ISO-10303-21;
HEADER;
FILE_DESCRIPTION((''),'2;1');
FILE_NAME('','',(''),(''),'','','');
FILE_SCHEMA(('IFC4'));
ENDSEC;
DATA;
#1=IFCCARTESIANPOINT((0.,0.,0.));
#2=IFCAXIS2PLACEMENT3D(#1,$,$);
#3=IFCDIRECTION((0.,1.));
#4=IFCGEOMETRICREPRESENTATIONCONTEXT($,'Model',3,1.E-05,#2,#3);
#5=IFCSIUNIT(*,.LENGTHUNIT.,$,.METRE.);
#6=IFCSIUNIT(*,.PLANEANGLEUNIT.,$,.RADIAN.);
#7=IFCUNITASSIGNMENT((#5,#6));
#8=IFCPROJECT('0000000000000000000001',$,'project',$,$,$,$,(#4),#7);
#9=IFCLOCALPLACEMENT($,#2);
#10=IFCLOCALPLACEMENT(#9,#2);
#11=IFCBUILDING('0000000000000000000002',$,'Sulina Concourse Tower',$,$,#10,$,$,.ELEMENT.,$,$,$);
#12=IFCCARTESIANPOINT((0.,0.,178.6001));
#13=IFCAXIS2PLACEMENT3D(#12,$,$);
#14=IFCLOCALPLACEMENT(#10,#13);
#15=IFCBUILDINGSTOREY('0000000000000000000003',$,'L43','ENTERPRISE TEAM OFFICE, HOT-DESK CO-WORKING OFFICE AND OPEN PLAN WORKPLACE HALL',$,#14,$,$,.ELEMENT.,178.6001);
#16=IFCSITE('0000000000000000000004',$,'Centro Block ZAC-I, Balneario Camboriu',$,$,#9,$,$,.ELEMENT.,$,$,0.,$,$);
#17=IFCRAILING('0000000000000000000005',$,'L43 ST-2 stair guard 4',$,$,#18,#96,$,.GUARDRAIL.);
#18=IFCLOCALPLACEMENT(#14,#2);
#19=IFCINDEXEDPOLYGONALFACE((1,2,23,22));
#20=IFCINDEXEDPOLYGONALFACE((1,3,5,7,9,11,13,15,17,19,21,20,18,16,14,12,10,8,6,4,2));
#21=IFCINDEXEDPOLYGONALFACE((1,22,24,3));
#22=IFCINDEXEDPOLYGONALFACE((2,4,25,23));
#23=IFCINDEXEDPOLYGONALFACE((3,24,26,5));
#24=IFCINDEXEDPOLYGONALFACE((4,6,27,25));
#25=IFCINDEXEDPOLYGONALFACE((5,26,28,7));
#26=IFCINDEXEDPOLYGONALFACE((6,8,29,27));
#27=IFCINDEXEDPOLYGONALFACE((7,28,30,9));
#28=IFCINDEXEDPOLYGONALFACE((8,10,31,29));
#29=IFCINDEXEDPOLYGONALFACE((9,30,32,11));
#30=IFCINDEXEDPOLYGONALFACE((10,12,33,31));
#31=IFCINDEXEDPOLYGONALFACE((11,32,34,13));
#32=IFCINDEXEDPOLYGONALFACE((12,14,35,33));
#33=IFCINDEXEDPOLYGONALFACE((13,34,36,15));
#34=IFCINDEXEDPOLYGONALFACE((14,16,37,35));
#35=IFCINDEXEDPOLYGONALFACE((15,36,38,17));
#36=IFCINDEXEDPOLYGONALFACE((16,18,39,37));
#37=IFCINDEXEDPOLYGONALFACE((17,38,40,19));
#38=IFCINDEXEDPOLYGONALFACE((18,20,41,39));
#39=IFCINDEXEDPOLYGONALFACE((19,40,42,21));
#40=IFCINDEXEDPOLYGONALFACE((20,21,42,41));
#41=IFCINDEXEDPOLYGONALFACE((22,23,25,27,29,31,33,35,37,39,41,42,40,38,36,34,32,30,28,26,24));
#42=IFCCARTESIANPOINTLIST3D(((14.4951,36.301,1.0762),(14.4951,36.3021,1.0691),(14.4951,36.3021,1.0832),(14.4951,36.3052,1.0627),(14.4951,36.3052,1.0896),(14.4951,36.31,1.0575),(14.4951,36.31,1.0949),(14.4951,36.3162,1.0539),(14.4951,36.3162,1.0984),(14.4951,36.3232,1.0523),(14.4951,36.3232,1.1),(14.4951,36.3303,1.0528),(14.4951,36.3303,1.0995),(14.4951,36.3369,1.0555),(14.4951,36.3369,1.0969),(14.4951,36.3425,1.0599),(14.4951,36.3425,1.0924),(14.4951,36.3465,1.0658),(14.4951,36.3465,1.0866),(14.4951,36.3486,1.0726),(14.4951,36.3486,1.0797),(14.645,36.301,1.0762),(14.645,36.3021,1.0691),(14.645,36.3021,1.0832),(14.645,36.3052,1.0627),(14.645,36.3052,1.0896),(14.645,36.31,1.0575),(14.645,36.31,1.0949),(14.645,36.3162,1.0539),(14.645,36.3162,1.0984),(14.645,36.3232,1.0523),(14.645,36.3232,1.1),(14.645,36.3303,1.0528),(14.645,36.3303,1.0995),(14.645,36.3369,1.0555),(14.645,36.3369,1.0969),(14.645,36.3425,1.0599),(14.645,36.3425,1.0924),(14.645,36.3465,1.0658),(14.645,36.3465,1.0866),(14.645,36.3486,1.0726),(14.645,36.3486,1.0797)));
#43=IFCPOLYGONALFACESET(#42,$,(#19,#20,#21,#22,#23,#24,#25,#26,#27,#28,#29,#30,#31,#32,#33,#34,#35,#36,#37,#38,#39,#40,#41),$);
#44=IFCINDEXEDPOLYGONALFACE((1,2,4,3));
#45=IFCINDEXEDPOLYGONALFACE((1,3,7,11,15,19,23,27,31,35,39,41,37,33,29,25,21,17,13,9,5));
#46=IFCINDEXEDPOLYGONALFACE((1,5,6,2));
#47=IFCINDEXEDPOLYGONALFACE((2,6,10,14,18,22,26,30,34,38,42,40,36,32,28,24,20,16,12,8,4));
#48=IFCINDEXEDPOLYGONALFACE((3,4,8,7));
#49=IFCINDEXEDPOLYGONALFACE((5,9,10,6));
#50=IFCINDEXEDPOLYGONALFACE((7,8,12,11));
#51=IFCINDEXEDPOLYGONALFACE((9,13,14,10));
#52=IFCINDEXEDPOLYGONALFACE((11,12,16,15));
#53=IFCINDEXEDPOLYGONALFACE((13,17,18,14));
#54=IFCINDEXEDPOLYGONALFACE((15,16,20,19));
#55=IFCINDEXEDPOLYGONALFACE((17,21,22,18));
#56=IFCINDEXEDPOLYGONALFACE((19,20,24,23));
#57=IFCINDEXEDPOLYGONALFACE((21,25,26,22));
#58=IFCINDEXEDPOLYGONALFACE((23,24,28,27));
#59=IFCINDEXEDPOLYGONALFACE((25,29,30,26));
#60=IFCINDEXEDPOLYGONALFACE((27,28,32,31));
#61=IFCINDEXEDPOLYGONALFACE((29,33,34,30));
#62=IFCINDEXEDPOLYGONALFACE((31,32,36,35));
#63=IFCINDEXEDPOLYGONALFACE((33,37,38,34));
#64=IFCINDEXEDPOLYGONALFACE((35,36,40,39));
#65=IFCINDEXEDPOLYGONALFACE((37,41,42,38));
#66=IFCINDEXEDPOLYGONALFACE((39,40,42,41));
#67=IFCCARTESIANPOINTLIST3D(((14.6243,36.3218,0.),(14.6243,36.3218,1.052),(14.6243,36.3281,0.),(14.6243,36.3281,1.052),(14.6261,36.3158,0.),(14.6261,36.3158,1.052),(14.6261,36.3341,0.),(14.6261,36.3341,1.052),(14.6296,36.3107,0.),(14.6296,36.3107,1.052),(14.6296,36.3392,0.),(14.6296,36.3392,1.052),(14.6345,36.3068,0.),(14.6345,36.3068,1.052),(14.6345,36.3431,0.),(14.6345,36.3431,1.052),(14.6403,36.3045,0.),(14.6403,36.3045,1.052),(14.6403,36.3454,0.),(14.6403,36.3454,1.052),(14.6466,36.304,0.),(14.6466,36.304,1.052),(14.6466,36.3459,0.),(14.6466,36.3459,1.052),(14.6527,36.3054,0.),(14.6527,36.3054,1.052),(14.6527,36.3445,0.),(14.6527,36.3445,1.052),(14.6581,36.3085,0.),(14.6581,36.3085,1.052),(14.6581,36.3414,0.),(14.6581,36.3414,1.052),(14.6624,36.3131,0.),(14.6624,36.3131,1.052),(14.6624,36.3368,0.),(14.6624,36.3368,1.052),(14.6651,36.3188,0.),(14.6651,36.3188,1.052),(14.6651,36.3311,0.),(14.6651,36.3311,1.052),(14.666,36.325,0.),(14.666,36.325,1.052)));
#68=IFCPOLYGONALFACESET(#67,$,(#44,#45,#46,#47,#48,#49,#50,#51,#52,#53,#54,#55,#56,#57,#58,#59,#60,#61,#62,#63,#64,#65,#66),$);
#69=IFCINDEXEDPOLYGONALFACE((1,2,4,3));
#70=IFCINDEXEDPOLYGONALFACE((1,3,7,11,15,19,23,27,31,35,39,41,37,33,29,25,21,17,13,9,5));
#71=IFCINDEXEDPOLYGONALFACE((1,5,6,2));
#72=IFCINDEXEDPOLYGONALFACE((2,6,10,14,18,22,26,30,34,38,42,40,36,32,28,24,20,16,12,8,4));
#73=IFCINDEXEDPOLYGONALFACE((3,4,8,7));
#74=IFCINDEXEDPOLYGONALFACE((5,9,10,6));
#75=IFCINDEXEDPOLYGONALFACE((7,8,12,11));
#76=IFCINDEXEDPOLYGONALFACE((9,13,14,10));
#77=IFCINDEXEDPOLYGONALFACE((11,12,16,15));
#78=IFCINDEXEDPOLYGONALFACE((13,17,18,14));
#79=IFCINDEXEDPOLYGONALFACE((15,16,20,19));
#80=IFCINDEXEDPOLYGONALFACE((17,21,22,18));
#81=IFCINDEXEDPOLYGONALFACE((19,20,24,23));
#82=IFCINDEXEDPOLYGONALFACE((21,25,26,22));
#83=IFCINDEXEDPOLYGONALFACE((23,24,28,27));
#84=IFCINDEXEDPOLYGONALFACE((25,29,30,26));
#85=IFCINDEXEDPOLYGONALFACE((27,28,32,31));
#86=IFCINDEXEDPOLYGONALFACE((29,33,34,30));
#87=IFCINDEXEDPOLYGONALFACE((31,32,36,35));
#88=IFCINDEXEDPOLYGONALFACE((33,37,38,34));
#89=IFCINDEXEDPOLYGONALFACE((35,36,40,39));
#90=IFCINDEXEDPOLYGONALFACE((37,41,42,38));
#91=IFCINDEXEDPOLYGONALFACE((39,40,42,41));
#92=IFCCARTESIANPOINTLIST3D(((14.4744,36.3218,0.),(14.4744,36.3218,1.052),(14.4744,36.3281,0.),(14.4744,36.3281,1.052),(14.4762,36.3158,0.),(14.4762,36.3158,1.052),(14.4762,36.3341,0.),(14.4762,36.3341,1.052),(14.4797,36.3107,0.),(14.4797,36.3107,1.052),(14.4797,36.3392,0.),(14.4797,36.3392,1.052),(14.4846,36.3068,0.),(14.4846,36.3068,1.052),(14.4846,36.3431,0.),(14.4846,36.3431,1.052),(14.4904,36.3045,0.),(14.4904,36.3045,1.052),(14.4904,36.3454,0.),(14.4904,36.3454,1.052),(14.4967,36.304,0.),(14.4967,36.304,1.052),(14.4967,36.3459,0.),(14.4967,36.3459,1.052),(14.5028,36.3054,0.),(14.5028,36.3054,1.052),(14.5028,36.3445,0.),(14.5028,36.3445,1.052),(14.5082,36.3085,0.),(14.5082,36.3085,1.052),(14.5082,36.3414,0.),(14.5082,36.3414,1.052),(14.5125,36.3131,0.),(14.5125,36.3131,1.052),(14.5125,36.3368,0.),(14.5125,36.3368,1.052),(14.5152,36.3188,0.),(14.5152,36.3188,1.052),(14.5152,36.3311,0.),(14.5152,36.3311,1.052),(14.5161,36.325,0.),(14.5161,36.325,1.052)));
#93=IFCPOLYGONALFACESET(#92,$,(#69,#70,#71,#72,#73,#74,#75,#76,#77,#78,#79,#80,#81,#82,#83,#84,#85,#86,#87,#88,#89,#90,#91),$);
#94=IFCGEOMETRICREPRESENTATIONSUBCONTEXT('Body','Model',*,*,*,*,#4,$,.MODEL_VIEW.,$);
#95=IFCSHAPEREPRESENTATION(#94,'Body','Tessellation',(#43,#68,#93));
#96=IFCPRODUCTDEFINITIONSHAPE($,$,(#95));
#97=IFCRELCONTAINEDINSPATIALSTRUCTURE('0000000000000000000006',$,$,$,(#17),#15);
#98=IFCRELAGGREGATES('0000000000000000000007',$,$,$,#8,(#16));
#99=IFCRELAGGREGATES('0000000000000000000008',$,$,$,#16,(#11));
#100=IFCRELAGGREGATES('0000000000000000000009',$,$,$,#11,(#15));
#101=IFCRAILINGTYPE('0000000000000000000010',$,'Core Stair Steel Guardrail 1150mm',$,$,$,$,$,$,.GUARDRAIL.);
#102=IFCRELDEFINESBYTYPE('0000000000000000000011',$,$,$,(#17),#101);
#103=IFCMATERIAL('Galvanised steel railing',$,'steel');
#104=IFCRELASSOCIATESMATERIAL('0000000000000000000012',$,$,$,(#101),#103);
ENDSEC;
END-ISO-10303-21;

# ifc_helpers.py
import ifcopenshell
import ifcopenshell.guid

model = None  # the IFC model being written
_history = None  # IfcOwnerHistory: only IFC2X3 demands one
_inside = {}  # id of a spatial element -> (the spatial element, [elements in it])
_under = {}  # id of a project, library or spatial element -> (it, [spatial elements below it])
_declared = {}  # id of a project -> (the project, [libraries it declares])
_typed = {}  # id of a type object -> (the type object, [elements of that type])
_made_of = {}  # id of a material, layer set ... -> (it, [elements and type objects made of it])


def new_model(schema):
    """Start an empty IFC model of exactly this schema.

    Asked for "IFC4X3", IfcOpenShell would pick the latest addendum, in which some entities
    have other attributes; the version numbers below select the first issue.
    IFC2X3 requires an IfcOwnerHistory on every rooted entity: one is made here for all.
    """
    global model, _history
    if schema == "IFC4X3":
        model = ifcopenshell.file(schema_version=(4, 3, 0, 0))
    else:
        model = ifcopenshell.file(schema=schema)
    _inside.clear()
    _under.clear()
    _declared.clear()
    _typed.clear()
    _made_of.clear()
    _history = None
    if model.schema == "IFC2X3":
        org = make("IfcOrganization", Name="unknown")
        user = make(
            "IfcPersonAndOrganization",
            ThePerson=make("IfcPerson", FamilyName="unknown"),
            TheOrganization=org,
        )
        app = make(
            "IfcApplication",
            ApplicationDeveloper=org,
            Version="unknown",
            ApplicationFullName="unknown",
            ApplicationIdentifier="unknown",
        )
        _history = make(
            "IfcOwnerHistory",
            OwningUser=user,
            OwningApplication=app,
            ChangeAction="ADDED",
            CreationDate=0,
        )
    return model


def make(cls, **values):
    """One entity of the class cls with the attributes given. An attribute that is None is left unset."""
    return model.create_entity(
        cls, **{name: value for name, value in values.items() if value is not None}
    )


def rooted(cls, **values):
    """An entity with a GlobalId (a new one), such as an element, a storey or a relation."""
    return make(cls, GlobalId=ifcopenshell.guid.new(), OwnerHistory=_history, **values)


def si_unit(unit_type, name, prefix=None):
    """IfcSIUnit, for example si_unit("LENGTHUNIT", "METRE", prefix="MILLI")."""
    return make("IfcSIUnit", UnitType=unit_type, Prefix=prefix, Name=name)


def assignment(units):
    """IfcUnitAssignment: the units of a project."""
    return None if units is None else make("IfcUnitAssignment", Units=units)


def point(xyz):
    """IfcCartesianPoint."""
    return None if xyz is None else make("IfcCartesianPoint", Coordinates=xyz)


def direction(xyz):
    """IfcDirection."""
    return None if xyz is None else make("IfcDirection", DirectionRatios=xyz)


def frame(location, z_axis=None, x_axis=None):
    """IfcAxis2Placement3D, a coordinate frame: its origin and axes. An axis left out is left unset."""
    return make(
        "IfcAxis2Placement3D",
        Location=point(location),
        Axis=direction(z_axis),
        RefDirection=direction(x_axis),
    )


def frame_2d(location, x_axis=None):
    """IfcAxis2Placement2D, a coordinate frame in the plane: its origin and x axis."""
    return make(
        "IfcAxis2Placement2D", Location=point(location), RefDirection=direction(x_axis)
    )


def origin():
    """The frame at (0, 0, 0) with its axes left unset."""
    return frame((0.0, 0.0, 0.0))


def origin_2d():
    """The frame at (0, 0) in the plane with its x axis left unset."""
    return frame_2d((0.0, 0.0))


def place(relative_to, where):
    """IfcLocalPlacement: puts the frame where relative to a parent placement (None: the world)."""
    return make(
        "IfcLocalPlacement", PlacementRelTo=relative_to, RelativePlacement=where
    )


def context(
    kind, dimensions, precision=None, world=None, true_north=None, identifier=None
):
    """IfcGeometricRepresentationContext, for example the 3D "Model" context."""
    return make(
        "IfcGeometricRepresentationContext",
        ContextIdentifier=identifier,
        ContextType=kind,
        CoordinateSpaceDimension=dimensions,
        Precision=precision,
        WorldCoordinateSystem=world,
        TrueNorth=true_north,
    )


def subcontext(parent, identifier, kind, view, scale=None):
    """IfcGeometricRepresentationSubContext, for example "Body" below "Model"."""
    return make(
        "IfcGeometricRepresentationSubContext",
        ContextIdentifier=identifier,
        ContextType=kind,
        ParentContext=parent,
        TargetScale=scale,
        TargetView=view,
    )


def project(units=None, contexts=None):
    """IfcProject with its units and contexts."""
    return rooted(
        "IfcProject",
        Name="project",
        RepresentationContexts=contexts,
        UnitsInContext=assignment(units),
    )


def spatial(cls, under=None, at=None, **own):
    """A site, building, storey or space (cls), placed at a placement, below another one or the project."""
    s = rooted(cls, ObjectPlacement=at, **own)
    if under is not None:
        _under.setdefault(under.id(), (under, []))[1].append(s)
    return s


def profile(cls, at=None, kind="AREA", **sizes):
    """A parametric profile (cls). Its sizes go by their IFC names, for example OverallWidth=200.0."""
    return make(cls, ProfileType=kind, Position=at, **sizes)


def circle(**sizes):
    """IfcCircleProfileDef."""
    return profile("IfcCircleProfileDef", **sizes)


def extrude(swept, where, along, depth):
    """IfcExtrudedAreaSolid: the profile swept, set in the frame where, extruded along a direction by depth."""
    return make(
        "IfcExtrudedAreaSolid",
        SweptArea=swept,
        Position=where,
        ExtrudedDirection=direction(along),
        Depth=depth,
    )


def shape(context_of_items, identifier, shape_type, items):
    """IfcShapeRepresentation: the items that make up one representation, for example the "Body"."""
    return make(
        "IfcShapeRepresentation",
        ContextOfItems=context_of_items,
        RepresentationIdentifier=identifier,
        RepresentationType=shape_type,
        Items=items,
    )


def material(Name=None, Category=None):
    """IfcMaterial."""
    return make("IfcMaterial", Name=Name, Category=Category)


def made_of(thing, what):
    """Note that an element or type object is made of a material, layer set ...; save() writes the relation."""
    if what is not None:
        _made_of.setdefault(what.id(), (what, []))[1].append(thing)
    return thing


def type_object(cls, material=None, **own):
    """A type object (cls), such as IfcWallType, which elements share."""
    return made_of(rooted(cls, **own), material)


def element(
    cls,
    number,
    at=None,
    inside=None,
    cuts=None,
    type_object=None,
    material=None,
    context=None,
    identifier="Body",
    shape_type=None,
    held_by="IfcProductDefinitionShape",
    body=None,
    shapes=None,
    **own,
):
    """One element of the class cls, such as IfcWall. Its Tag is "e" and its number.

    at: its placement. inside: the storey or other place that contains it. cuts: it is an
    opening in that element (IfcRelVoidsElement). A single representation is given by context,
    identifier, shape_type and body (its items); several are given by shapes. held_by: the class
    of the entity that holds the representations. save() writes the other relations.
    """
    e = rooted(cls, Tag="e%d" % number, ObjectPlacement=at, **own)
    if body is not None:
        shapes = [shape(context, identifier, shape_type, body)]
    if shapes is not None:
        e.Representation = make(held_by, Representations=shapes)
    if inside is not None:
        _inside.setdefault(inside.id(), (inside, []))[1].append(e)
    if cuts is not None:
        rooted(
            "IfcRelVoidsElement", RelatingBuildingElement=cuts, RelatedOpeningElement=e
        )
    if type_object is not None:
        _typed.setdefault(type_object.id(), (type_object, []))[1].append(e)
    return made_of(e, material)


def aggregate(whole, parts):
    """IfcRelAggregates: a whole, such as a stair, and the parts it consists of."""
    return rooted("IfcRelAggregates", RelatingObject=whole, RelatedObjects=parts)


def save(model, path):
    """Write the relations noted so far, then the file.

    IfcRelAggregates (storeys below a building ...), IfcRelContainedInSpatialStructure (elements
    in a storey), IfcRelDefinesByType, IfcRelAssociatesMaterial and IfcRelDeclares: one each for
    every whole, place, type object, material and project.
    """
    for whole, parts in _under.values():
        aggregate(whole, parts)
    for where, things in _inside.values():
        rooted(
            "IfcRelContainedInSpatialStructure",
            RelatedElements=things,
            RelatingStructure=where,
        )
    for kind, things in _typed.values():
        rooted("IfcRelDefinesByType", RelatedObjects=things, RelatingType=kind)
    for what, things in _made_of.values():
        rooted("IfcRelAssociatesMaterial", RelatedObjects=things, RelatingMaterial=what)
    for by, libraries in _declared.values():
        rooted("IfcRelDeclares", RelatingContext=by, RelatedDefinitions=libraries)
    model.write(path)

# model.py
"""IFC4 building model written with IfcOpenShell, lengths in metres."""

from ifc_helpers import new_model, si_unit, direction, frame, origin, origin_2d, place, context, subcontext, project, spatial, circle, extrude, material, type_object, element, save


model = new_model("IFC4")

# Units and contexts
model_context = context("Model", 3, precision=1e-05, world=origin(), true_north=direction((0.0, 1.0)))
body_context = subcontext(model_context, "Body", "Model", "MODEL_VIEW")
ifc_project = project(units=[si_unit("LENGTHUNIT", "METRE"), si_unit("PLANEANGLEUNIT", "RADIAN")], contexts=[model_context])

# Site, building, storey
site_placement = place(None, origin())
site = spatial("IfcSite", under=ifc_project, at=site_placement, Name="Centro Block ZAC-I, Balneario Camboriu", CompositionType="ELEMENT", RefElevation=0.0)
building_placement = place(site_placement, origin())
building = spatial("IfcBuilding", under=site, at=building_placement, Name="Sulina Concourse Tower", CompositionType="ELEMENT")
storey_placement = place(building_placement, frame((0.0, 0.0, 178.6001)))
storey = spatial("IfcBuildingStorey", under=building, at=storey_placement, Name="L43", Description="ENTERPRISE TEAM OFFICE, HOT-DESK CO-WORKING OFFICE AND OPEN PLAN WORKPLACE HALL", CompositionType="ELEMENT", Elevation=178.6001)

# Railing
ifc_material_1 = material(Name="Galvanised steel railing", Category="steel")
railing_type_1 = type_object("IfcRailingType", Name="Core Stair Steel Guardrail 1150mm", PredefinedType="GUARDRAIL", material=ifc_material_1)
railing_1_placement = place(storey_placement, frame((14.645, 36.325, 0.0)))
element("IfcRailing", 1, at=railing_1_placement, inside=storey, type_object=railing_type_1, Name="L43 ST-2 stair guard 4", PredefinedType="GUARDRAIL", context=body_context, shape_type="SweptSolid", body=[
    extrude(circle(Radius=0.0239, at=origin_2d()), frame((0.0, 0.0, 1.0762), z_axis=(-1.0, 0.0, 0.0), x_axis=(0.0, -1.0, 0.0)), (0.0, 0.0, 1.0), 0.1499),
    extrude(circle(Radius=0.021, at=origin_2d()), origin(), (0.0, 0.0, 1.0), 1.052),
    extrude(circle(Radius=0.021, at=origin_2d()), frame((-0.1499, 0.0, 0.0)), (0.0, 0.0, 1.0), 1.052),
])

save(model, "model.ifc")
